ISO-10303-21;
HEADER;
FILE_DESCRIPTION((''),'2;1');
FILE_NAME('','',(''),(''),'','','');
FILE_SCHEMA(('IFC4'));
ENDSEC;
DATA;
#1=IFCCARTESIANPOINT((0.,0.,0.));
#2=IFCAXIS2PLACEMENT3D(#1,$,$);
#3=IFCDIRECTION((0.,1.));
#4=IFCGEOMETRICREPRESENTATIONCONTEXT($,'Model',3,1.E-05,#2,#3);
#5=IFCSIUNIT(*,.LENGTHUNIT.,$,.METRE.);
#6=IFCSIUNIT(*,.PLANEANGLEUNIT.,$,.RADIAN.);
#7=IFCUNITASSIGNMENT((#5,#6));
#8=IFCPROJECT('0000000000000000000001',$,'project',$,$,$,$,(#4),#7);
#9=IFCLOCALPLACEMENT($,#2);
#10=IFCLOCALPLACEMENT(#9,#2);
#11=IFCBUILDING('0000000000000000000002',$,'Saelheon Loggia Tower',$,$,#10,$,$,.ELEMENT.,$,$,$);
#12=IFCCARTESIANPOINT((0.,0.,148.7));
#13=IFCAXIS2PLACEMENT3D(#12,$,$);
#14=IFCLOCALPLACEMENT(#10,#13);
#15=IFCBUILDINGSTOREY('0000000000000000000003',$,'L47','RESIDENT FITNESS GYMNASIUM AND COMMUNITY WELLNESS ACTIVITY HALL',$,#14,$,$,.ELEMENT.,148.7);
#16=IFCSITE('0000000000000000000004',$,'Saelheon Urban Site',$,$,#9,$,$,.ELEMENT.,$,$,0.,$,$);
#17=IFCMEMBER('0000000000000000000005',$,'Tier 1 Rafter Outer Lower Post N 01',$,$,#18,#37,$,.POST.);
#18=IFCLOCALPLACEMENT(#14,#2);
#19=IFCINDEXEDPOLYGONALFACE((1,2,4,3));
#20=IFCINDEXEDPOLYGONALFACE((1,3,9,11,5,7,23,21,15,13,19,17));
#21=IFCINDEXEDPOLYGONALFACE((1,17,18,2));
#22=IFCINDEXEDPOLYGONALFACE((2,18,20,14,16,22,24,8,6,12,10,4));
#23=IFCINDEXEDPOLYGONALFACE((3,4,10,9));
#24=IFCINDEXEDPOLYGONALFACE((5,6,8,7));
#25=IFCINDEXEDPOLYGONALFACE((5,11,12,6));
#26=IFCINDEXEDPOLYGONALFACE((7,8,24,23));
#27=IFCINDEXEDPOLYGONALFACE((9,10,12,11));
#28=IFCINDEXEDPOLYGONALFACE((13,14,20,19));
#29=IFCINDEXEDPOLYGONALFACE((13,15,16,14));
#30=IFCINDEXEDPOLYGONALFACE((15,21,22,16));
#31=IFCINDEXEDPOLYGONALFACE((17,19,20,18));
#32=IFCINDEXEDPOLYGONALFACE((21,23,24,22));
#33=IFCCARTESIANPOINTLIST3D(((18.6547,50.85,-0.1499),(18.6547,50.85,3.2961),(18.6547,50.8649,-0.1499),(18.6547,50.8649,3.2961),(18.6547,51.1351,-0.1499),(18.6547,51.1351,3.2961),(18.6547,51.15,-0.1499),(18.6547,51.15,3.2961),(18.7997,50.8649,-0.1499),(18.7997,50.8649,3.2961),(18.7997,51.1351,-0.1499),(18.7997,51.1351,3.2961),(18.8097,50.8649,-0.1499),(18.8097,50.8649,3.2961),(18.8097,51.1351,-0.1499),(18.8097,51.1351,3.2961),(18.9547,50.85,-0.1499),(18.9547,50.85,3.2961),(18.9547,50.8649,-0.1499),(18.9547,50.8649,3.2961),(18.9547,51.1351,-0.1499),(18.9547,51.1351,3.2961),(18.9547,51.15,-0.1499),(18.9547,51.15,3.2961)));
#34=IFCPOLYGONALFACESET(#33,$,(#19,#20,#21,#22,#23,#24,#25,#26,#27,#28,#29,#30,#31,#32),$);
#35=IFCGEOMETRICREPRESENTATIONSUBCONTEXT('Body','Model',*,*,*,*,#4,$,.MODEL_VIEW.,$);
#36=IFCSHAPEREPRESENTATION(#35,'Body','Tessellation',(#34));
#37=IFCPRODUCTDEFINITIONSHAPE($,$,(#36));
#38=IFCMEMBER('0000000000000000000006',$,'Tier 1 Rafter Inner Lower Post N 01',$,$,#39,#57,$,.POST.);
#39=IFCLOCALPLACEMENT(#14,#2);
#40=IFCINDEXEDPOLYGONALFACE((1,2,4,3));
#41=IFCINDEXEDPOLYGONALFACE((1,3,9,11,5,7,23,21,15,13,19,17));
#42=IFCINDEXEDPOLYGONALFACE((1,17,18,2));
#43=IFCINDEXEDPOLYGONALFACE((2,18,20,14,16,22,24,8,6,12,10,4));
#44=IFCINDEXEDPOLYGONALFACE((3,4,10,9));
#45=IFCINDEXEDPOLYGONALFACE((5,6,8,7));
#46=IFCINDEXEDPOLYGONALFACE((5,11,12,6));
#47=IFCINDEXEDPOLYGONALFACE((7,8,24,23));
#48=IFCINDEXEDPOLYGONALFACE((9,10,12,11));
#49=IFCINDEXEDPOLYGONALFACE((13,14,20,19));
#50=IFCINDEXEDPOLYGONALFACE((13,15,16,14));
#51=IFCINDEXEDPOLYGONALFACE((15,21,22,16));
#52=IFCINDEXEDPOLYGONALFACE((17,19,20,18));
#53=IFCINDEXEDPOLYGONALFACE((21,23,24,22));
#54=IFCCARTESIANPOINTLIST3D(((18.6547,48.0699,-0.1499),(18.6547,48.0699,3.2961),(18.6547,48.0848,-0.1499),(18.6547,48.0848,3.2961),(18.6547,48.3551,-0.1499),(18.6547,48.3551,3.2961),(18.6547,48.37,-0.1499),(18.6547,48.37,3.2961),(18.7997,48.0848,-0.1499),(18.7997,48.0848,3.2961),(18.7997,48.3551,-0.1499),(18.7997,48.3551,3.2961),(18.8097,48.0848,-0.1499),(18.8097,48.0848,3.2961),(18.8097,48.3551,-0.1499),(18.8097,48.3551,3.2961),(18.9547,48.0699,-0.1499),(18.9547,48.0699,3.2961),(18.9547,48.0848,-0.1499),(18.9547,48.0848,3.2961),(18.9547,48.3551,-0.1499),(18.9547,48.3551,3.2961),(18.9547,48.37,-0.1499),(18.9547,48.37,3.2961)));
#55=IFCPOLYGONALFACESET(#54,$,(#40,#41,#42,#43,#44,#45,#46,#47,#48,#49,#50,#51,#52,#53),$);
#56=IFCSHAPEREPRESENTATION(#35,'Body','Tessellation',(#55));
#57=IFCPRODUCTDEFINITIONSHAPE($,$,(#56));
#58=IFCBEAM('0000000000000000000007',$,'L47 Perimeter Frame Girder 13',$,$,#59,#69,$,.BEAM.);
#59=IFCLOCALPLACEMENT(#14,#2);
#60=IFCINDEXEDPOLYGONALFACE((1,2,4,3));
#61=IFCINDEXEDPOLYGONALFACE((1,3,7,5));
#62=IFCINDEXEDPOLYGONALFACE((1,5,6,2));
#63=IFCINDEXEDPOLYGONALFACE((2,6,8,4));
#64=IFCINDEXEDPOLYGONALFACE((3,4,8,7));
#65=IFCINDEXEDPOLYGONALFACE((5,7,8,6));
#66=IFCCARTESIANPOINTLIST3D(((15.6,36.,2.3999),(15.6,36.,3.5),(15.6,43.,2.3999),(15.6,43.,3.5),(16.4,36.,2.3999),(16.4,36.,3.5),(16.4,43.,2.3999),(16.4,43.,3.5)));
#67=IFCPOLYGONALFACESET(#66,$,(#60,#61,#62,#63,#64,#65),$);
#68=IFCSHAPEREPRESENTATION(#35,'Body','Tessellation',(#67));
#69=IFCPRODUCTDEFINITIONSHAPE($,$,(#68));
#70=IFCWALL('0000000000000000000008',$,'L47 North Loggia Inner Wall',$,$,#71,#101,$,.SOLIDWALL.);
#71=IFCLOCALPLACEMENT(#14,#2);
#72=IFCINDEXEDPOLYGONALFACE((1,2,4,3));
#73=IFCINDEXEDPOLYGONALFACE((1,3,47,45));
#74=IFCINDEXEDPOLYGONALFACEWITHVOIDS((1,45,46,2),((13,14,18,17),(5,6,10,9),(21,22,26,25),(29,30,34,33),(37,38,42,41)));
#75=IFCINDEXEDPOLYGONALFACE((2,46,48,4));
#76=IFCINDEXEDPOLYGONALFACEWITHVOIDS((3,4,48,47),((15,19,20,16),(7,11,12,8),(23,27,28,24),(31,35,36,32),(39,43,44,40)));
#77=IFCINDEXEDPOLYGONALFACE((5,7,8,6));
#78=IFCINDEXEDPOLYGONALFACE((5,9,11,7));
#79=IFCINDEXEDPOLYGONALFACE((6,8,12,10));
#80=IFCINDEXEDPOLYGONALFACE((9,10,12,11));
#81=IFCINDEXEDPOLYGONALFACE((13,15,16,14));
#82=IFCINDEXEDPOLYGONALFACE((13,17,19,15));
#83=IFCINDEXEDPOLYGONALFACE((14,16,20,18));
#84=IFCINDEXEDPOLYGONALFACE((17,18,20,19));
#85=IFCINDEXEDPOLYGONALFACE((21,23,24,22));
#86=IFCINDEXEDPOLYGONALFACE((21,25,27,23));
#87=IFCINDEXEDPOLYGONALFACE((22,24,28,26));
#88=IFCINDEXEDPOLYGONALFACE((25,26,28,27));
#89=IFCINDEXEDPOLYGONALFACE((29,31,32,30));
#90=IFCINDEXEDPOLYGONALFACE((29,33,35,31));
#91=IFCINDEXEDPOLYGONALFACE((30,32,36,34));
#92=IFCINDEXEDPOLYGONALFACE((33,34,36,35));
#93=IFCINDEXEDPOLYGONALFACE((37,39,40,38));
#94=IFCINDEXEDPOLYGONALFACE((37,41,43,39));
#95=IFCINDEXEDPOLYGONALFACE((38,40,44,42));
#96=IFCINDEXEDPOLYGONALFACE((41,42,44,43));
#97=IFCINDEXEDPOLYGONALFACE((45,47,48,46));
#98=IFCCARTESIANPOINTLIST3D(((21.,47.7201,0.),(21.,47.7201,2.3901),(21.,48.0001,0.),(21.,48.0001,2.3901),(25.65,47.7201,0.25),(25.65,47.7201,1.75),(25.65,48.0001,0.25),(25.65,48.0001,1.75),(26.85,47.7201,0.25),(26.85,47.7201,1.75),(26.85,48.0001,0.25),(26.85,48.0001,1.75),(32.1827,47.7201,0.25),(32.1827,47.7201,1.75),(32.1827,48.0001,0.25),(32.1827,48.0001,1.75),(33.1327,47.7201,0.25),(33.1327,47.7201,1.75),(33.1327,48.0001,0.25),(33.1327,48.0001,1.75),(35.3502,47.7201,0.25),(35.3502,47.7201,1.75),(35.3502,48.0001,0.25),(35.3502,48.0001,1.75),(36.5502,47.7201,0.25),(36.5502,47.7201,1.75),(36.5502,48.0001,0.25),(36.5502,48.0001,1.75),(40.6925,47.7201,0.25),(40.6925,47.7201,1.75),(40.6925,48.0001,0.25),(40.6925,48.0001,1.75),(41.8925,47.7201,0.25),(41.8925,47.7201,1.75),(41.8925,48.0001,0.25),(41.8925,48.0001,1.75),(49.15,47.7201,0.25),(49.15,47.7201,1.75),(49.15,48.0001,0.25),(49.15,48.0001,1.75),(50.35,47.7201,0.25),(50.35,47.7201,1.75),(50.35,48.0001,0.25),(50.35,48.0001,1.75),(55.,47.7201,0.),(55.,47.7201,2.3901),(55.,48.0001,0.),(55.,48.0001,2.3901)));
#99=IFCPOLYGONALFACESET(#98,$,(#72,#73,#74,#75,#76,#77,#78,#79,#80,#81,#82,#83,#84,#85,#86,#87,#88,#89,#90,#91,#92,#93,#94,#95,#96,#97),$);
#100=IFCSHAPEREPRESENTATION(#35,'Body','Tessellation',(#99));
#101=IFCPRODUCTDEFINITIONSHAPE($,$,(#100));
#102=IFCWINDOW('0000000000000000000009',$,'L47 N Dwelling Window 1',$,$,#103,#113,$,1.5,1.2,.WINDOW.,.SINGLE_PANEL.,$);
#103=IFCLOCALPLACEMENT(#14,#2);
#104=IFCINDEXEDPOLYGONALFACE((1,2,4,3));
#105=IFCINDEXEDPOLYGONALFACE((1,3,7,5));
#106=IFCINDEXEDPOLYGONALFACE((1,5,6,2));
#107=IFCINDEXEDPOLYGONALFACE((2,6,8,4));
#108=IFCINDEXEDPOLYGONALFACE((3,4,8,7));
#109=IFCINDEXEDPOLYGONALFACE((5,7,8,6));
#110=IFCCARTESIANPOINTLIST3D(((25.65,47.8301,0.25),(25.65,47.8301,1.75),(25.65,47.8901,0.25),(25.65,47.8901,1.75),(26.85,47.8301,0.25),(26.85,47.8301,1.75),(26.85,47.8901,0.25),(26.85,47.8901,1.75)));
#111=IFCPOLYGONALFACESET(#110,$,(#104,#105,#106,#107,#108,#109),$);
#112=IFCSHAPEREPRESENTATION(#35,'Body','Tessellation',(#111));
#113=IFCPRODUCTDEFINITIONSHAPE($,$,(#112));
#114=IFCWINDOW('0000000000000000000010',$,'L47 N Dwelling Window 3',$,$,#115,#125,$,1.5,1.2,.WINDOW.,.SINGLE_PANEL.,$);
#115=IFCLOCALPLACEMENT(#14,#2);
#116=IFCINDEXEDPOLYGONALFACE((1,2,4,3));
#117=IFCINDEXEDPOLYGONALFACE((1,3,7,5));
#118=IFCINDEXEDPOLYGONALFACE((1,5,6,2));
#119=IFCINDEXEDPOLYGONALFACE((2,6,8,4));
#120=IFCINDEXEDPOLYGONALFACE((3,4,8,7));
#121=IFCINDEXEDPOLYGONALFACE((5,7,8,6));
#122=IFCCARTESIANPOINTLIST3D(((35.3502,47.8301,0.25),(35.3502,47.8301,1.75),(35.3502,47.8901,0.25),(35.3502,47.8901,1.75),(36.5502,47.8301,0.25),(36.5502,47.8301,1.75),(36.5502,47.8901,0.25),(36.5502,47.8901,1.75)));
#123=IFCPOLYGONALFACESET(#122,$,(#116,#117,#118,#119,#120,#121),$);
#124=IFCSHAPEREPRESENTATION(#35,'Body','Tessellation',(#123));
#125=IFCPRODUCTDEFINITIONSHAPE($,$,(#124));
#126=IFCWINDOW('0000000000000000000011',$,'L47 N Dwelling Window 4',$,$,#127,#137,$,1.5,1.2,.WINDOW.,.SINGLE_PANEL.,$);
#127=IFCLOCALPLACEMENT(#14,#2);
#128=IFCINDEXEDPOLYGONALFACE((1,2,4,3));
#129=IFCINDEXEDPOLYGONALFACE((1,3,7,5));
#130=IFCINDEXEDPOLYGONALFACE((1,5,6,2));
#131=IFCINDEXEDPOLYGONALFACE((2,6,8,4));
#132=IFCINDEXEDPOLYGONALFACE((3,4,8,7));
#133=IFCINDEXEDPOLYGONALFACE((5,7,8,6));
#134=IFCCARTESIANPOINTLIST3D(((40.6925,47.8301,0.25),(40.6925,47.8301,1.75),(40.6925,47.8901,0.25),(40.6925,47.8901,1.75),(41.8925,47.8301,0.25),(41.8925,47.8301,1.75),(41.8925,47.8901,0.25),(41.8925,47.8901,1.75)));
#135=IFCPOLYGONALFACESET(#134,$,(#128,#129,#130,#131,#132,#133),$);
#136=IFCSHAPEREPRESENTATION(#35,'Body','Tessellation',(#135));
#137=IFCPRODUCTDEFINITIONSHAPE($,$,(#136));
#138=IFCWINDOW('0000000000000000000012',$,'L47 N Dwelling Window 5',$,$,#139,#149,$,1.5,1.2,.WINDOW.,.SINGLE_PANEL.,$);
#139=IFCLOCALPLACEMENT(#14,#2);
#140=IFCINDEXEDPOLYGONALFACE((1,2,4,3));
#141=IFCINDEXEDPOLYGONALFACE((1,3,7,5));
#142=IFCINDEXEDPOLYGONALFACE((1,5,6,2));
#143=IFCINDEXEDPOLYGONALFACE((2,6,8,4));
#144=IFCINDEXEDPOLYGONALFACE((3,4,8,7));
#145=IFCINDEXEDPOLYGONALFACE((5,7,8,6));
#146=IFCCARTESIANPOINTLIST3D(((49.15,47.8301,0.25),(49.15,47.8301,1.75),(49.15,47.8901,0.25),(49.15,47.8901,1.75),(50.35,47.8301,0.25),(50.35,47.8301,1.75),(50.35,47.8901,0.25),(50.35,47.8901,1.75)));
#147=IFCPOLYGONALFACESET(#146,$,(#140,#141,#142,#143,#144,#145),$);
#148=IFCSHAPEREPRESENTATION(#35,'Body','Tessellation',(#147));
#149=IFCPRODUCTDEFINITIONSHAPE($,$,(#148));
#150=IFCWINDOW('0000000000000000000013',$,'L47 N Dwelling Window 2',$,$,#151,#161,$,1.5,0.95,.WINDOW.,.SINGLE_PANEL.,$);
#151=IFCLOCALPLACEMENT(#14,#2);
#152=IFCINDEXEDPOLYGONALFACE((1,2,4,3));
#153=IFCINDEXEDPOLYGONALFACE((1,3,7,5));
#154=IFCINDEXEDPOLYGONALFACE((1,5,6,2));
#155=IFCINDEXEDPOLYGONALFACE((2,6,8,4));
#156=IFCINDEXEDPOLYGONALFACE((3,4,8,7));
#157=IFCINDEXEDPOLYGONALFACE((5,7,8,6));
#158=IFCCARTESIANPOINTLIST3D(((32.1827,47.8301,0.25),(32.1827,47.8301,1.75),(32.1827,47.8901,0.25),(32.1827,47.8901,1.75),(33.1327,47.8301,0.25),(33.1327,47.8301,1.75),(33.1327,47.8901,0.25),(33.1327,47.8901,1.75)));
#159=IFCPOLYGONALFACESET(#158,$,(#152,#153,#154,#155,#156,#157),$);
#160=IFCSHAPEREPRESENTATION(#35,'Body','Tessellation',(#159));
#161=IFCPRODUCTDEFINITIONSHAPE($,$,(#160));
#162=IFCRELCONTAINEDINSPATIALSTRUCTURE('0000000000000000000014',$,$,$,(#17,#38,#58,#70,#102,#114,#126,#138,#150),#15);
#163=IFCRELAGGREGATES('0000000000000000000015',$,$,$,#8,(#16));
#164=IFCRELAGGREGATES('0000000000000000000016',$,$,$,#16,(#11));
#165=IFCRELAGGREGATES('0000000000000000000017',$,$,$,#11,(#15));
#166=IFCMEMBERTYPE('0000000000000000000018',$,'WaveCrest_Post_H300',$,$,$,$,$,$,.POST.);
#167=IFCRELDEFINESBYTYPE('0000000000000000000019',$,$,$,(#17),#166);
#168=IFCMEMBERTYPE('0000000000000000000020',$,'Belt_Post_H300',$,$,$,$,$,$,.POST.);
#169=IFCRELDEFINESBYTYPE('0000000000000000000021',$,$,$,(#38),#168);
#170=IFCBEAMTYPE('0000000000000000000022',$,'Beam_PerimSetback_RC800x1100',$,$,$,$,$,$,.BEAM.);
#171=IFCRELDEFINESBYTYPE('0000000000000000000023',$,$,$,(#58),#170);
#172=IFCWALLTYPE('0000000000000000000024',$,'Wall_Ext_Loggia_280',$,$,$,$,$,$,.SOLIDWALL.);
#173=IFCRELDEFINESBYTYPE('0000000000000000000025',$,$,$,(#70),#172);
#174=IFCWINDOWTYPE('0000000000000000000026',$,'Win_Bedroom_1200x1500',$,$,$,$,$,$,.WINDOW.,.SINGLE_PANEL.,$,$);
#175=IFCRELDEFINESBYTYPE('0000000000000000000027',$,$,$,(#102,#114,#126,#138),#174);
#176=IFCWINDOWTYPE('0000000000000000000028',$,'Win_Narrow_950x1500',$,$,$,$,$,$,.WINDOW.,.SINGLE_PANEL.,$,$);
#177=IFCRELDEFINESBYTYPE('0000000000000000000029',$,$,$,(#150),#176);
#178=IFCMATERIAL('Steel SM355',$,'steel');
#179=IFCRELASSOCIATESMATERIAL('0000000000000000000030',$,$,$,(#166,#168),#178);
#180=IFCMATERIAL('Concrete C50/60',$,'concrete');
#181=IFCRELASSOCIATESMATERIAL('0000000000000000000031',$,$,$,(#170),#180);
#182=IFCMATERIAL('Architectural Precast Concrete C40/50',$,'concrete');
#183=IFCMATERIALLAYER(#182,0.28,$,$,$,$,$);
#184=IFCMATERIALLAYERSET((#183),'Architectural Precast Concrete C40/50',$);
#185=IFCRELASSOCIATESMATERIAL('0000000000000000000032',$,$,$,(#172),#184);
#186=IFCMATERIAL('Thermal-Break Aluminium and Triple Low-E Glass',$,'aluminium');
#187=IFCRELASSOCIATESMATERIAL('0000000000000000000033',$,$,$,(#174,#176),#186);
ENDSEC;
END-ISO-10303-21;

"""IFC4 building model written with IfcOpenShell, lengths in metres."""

from ifc_helpers import new_model, si_unit, direction, frame, frame_2d, origin, origin_2d, place, context, subcontext, project, spatial, rectangle, i_section, extrude, source, transform, mapped, material, layer, layer_set, material_profile, profile_set, type_object, element, fill, save


model = new_model("IFC4")

# Units and contexts
model_context = context("Model", 3, precision=1e-05, world=origin(), true_north=direction((0.0, 1.0)))
body_context = subcontext(model_context, "Body", "Model", "MODEL_VIEW")
ifc_project = project(units=[si_unit("LENGTHUNIT", "METRE"), si_unit("PLANEANGLEUNIT", "RADIAN")], contexts=[model_context])

# Site, building, storey
site_placement = place(None, origin())
site = spatial("IfcSite", under=ifc_project, at=site_placement, Name="Saelheon Urban Site", CompositionType="ELEMENT", RefElevation=0.0)
building_placement = place(site_placement, origin())
building = spatial("IfcBuilding", under=site, at=building_placement, Name="Saelheon Loggia Tower", CompositionType="ELEMENT")
storey_placement = place(building_placement, frame((0.0, 0.0, 148.7)))
storey = spatial("IfcBuildingStorey", under=building, at=storey_placement, Name="L47", Description="RESIDENT FITNESS GYMNASIUM AND COMMUNITY WELLNESS ACTIVITY HALL", CompositionType="ELEMENT", Elevation=148.7)

# Shared definitions
ifc_material_1 = material(Name="Concrete C50/60", Category="concrete")

# Members
ifc_material_2 = material(Name="Steel SM355", Category="steel")
ifc_material_profile_1 = material_profile(ifc_material_2, i_section(OverallWidth=0.3, OverallDepth=0.3, WebThickness=0.01, FlangeThickness=0.0149, at=origin_2d()), Name="H-300x300x10x15")
ifc_profile_set_1 = profile_set([ifc_material_profile_1], Name="Steel SM355")
member_type_1 = type_object("IfcMemberType", Name="WaveCrest_Post_H300", PredefinedType="POST", material=ifc_profile_set_1)
ifc_material_profile_2 = material_profile(ifc_material_2, i_section(OverallWidth=0.3, OverallDepth=0.3, WebThickness=0.01, FlangeThickness=0.0149, at=origin_2d()), Name="H-300x300x10x15")
ifc_profile_set_2 = profile_set([ifc_material_profile_2], Name="Steel SM355")
member_type_2 = type_object("IfcMemberType", Name="Belt_Post_H300", PredefinedType="POST", material=ifc_profile_set_2)
shared_shape_1 = source(origin(), body_context, "Body", "SweptSolid", [
    extrude(i_section(OverallWidth=0.3, OverallDepth=0.3, WebThickness=0.01, FlangeThickness=0.0149, at=origin_2d()), origin(), (0.0, 0.0, 1.0), 3.446),
])
member_1_placement = place(storey_placement, frame((18.8047, 51.0, -0.1499), z_axis=(0.0, 0.0, 1.0), x_axis=(1.0, 0.0, 0.0)))
element("IfcMember", 1, at=member_1_placement, inside=storey, type_object=member_type_1, Name="Tier 1 Rafter Outer Lower Post N 01", PredefinedType="POST", context=body_context, shape_type="MappedRepresentation", body=[
    mapped(shared_shape_1, transform((0.0, 0.0, 0.0), scale=1.0)),
])
member_2_placement = place(storey_placement, frame((18.8047, 48.22, -0.1499), z_axis=(0.0, 0.0, 1.0), x_axis=(1.0, 0.0, 0.0)))
element("IfcMember", 2, at=member_2_placement, inside=storey, type_object=member_type_2, Name="Tier 1 Rafter Inner Lower Post N 01", PredefinedType="POST", context=body_context, shape_type="MappedRepresentation", body=[
    mapped(shared_shape_1, transform((0.0, 0.0, 0.0), scale=1.0)),
])

# Beam
ifc_material_profile_3 = material_profile(ifc_material_1, rectangle(XDim=0.8, YDim=1.1001, at=origin_2d()), Name="RC-800x1100")
ifc_profile_set_3 = profile_set([ifc_material_profile_3], Name="Concrete C50/60")
beam_type = type_object("IfcBeamType", Name="Beam_PerimSetback_RC800x1100", PredefinedType="BEAM", material=ifc_profile_set_3)
shared_shape_2 = source(origin(), body_context, "Body", "SweptSolid", [
    extrude(rectangle(XDim=0.8, YDim=1.1001, at=origin_2d()), origin(), (0.0, 0.0, 1.0), 7.0),
])
beam_placement = place(storey_placement, frame((16.0, 43.0, 2.95), z_axis=(0.0, -1.0, 0.0), x_axis=(1.0, 0.0, 0.0)))
element("IfcBeam", 3, at=beam_placement, inside=storey, type_object=beam_type, Name="L47 Perimeter Frame Girder 13", PredefinedType="BEAM", context=body_context, shape_type="MappedRepresentation", body=[
    mapped(shared_shape_2, transform((0.0, 0.0, 0.0), scale=1.0)),
])

# Wall, openings, windows
ifc_material_3 = material(Name="Architectural Precast Concrete C40/50", Category="concrete")
ifc_layer = layer(ifc_material_3, 0.28)
ifc_layer_set = layer_set([ifc_layer], Name="Architectural Precast Concrete C40/50")
wall_type = type_object("IfcWallType", Name="Wall_Ext_Loggia_280", PredefinedType="SOLIDWALL", material=ifc_layer_set)
wall_placement = place(storey_placement, frame((21.0, 47.8601, 0.0), z_axis=(0.0, 0.0, 1.0), x_axis=(1.0, 0.0, 0.0)))
wall = element("IfcWall", 4, at=wall_placement, inside=storey, type_object=wall_type, Name="L47 North Loggia Inner Wall", PredefinedType="SOLIDWALL", context=body_context, shape_type="SweptSolid", body=[
    extrude(rectangle(XDim=34.0, YDim=0.28, at=frame_2d((17.0, 0.0))), origin(), (0.0, 0.0, 1.0), 2.3901),
])
opening_1_placement = place(wall_placement, frame((4.6499, 0.0, 0.25)))
opening_1 = element("IfcOpeningElement", 5, at=opening_1_placement, cuts=wall, PredefinedType="OPENING", context=body_context, shape_type="SweptSolid", body=[
    extrude(rectangle(XDim=1.2, YDim=1.5, at=frame_2d((0.6001, 0.75))), frame((0.0, 0.1521, 0.0), z_axis=(0.0, -1.0, 0.0), x_axis=(1.0, 0.0, 0.0)), (0.0, 0.0, 1.0), 0.304),
])
opening_2_placement = place(wall_placement, frame((11.1826, 0.0, 0.25)))
opening_2 = element("IfcOpeningElement", 6, at=opening_2_placement, cuts=wall, PredefinedType="OPENING", context=body_context, shape_type="SweptSolid", body=[
    extrude(rectangle(XDim=0.95, YDim=1.5, at=frame_2d((0.4751, 0.75))), frame((0.0, 0.1521, 0.0), z_axis=(0.0, -1.0, 0.0), x_axis=(1.0, 0.0, 0.0)), (0.0, 0.0, 1.0), 0.304),
])
opening_3_placement = place(wall_placement, frame((14.3501, 0.0, 0.25)))
opening_3 = element("IfcOpeningElement", 7, at=opening_3_placement, cuts=wall, PredefinedType="OPENING", context=body_context, shape_type="SweptSolid", body=[
    extrude(rectangle(XDim=1.2, YDim=1.5, at=frame_2d((0.6001, 0.75))), frame((0.0, 0.1521, 0.0), z_axis=(0.0, -1.0, 0.0), x_axis=(1.0, 0.0, 0.0)), (0.0, 0.0, 1.0), 0.304),
])
opening_4_placement = place(wall_placement, frame((19.6924, 0.0, 0.25)))
opening_4 = element("IfcOpeningElement", 8, at=opening_4_placement, cuts=wall, PredefinedType="OPENING", context=body_context, shape_type="SweptSolid", body=[
    extrude(rectangle(XDim=1.2, YDim=1.5, at=frame_2d((0.6001, 0.75))), frame((0.0, 0.1521, 0.0), z_axis=(0.0, -1.0, 0.0), x_axis=(1.0, 0.0, 0.0)), (0.0, 0.0, 1.0), 0.304),
])
opening_5_placement = place(wall_placement, frame((28.1499, 0.0, 0.25)))
opening_5 = element("IfcOpeningElement", 9, at=opening_5_placement, cuts=wall, PredefinedType="OPENING", context=body_context, shape_type="SweptSolid", body=[
    extrude(rectangle(XDim=1.2, YDim=1.5, at=frame_2d((0.6001, 0.75))), frame((0.0, 0.1521, 0.0), z_axis=(0.0, -1.0, 0.0), x_axis=(1.0, 0.0, 0.0)), (0.0, 0.0, 1.0), 0.304),
])
ifc_material_4 = material(Name="Thermal-Break Aluminium and Triple Low-E Glass", Category="aluminium")
window_type_1 = type_object("IfcWindowType", Name="Win_Bedroom_1200x1500", PartitioningType="SINGLE_PANEL", PredefinedType="WINDOW", material=ifc_material_4)
shared_shape_3 = source(origin(), body_context, "Body", "SweptSolid", [
    extrude(rectangle(XDim=1.2, YDim=1.5, at=frame_2d((0.6001, 0.75))), frame((0.0, 0.03, 0.0), z_axis=(0.0, -1.0, 0.0), x_axis=(1.0, 0.0, 0.0)), (0.0, 0.0, 1.0), 0.0601),
])
window_1_placement = place(opening_1_placement, origin())
window_1 = element("IfcWindow", 10, at=window_1_placement, inside=storey, type_object=window_type_1, Name="L47 N Dwelling Window 1", OverallHeight=1.5, OverallWidth=1.2, PartitioningType="SINGLE_PANEL", PredefinedType="WINDOW", context=body_context, shape_type="MappedRepresentation", body=[
    mapped(shared_shape_3, transform((0.0, 0.0, 0.0), scale=1.0)),
])
fill(opening_1, window_1)
window_2_placement = place(opening_3_placement, origin())
window_2 = element("IfcWindow", 11, at=window_2_placement, inside=storey, type_object=window_type_1, Name="L47 N Dwelling Window 3", OverallHeight=1.5, OverallWidth=1.2, PartitioningType="SINGLE_PANEL", PredefinedType="WINDOW", context=body_context, shape_type="MappedRepresentation", body=[
    mapped(shared_shape_3, transform((0.0, 0.0, 0.0), scale=1.0)),
])
fill(opening_3, window_2)
window_3_placement = place(opening_4_placement, origin())
window_3 = element("IfcWindow", 12, at=window_3_placement, inside=storey, type_object=window_type_1, Name="L47 N Dwelling Window 4", OverallHeight=1.5, OverallWidth=1.2, PartitioningType="SINGLE_PANEL", PredefinedType="WINDOW", context=body_context, shape_type="MappedRepresentation", body=[
    mapped(shared_shape_3, transform((0.0, 0.0, 0.0), scale=1.0)),
])
fill(opening_4, window_3)
window_4_placement = place(opening_5_placement, origin())
window_4 = element("IfcWindow", 13, at=window_4_placement, inside=storey, type_object=window_type_1, Name="L47 N Dwelling Window 5", OverallHeight=1.5, OverallWidth=1.2, PartitioningType="SINGLE_PANEL", PredefinedType="WINDOW", context=body_context, shape_type="MappedRepresentation", body=[
    mapped(shared_shape_3, transform((0.0, 0.0, 0.0), scale=1.0)),
])
fill(opening_5, window_4)
window_type_2 = type_object("IfcWindowType", Name="Win_Narrow_950x1500", PartitioningType="SINGLE_PANEL", PredefinedType="WINDOW", material=ifc_material_4)
shared_shape_4 = source(origin(), body_context, "Body", "SweptSolid", [
    extrude(rectangle(XDim=0.95, YDim=1.5, at=frame_2d((0.4751, 0.75))), frame((0.0, 0.03, 0.0), z_axis=(0.0, -1.0, 0.0), x_axis=(1.0, 0.0, 0.0)), (0.0, 0.0, 1.0), 0.0601),
])
window_5_placement = place(opening_2_placement, origin())
window_5 = element("IfcWindow", 14, at=window_5_placement, inside=storey, type_object=window_type_2, Name="L47 N Dwelling Window 2", OverallHeight=1.5, OverallWidth=0.95, PartitioningType="SINGLE_PANEL", PredefinedType="WINDOW", context=body_context, shape_type="MappedRepresentation", body=[
    mapped(shared_shape_4, transform((0.0, 0.0, 0.0), scale=1.0)),
])
fill(opening_2, window_5)

save(model, "model.ifc")
